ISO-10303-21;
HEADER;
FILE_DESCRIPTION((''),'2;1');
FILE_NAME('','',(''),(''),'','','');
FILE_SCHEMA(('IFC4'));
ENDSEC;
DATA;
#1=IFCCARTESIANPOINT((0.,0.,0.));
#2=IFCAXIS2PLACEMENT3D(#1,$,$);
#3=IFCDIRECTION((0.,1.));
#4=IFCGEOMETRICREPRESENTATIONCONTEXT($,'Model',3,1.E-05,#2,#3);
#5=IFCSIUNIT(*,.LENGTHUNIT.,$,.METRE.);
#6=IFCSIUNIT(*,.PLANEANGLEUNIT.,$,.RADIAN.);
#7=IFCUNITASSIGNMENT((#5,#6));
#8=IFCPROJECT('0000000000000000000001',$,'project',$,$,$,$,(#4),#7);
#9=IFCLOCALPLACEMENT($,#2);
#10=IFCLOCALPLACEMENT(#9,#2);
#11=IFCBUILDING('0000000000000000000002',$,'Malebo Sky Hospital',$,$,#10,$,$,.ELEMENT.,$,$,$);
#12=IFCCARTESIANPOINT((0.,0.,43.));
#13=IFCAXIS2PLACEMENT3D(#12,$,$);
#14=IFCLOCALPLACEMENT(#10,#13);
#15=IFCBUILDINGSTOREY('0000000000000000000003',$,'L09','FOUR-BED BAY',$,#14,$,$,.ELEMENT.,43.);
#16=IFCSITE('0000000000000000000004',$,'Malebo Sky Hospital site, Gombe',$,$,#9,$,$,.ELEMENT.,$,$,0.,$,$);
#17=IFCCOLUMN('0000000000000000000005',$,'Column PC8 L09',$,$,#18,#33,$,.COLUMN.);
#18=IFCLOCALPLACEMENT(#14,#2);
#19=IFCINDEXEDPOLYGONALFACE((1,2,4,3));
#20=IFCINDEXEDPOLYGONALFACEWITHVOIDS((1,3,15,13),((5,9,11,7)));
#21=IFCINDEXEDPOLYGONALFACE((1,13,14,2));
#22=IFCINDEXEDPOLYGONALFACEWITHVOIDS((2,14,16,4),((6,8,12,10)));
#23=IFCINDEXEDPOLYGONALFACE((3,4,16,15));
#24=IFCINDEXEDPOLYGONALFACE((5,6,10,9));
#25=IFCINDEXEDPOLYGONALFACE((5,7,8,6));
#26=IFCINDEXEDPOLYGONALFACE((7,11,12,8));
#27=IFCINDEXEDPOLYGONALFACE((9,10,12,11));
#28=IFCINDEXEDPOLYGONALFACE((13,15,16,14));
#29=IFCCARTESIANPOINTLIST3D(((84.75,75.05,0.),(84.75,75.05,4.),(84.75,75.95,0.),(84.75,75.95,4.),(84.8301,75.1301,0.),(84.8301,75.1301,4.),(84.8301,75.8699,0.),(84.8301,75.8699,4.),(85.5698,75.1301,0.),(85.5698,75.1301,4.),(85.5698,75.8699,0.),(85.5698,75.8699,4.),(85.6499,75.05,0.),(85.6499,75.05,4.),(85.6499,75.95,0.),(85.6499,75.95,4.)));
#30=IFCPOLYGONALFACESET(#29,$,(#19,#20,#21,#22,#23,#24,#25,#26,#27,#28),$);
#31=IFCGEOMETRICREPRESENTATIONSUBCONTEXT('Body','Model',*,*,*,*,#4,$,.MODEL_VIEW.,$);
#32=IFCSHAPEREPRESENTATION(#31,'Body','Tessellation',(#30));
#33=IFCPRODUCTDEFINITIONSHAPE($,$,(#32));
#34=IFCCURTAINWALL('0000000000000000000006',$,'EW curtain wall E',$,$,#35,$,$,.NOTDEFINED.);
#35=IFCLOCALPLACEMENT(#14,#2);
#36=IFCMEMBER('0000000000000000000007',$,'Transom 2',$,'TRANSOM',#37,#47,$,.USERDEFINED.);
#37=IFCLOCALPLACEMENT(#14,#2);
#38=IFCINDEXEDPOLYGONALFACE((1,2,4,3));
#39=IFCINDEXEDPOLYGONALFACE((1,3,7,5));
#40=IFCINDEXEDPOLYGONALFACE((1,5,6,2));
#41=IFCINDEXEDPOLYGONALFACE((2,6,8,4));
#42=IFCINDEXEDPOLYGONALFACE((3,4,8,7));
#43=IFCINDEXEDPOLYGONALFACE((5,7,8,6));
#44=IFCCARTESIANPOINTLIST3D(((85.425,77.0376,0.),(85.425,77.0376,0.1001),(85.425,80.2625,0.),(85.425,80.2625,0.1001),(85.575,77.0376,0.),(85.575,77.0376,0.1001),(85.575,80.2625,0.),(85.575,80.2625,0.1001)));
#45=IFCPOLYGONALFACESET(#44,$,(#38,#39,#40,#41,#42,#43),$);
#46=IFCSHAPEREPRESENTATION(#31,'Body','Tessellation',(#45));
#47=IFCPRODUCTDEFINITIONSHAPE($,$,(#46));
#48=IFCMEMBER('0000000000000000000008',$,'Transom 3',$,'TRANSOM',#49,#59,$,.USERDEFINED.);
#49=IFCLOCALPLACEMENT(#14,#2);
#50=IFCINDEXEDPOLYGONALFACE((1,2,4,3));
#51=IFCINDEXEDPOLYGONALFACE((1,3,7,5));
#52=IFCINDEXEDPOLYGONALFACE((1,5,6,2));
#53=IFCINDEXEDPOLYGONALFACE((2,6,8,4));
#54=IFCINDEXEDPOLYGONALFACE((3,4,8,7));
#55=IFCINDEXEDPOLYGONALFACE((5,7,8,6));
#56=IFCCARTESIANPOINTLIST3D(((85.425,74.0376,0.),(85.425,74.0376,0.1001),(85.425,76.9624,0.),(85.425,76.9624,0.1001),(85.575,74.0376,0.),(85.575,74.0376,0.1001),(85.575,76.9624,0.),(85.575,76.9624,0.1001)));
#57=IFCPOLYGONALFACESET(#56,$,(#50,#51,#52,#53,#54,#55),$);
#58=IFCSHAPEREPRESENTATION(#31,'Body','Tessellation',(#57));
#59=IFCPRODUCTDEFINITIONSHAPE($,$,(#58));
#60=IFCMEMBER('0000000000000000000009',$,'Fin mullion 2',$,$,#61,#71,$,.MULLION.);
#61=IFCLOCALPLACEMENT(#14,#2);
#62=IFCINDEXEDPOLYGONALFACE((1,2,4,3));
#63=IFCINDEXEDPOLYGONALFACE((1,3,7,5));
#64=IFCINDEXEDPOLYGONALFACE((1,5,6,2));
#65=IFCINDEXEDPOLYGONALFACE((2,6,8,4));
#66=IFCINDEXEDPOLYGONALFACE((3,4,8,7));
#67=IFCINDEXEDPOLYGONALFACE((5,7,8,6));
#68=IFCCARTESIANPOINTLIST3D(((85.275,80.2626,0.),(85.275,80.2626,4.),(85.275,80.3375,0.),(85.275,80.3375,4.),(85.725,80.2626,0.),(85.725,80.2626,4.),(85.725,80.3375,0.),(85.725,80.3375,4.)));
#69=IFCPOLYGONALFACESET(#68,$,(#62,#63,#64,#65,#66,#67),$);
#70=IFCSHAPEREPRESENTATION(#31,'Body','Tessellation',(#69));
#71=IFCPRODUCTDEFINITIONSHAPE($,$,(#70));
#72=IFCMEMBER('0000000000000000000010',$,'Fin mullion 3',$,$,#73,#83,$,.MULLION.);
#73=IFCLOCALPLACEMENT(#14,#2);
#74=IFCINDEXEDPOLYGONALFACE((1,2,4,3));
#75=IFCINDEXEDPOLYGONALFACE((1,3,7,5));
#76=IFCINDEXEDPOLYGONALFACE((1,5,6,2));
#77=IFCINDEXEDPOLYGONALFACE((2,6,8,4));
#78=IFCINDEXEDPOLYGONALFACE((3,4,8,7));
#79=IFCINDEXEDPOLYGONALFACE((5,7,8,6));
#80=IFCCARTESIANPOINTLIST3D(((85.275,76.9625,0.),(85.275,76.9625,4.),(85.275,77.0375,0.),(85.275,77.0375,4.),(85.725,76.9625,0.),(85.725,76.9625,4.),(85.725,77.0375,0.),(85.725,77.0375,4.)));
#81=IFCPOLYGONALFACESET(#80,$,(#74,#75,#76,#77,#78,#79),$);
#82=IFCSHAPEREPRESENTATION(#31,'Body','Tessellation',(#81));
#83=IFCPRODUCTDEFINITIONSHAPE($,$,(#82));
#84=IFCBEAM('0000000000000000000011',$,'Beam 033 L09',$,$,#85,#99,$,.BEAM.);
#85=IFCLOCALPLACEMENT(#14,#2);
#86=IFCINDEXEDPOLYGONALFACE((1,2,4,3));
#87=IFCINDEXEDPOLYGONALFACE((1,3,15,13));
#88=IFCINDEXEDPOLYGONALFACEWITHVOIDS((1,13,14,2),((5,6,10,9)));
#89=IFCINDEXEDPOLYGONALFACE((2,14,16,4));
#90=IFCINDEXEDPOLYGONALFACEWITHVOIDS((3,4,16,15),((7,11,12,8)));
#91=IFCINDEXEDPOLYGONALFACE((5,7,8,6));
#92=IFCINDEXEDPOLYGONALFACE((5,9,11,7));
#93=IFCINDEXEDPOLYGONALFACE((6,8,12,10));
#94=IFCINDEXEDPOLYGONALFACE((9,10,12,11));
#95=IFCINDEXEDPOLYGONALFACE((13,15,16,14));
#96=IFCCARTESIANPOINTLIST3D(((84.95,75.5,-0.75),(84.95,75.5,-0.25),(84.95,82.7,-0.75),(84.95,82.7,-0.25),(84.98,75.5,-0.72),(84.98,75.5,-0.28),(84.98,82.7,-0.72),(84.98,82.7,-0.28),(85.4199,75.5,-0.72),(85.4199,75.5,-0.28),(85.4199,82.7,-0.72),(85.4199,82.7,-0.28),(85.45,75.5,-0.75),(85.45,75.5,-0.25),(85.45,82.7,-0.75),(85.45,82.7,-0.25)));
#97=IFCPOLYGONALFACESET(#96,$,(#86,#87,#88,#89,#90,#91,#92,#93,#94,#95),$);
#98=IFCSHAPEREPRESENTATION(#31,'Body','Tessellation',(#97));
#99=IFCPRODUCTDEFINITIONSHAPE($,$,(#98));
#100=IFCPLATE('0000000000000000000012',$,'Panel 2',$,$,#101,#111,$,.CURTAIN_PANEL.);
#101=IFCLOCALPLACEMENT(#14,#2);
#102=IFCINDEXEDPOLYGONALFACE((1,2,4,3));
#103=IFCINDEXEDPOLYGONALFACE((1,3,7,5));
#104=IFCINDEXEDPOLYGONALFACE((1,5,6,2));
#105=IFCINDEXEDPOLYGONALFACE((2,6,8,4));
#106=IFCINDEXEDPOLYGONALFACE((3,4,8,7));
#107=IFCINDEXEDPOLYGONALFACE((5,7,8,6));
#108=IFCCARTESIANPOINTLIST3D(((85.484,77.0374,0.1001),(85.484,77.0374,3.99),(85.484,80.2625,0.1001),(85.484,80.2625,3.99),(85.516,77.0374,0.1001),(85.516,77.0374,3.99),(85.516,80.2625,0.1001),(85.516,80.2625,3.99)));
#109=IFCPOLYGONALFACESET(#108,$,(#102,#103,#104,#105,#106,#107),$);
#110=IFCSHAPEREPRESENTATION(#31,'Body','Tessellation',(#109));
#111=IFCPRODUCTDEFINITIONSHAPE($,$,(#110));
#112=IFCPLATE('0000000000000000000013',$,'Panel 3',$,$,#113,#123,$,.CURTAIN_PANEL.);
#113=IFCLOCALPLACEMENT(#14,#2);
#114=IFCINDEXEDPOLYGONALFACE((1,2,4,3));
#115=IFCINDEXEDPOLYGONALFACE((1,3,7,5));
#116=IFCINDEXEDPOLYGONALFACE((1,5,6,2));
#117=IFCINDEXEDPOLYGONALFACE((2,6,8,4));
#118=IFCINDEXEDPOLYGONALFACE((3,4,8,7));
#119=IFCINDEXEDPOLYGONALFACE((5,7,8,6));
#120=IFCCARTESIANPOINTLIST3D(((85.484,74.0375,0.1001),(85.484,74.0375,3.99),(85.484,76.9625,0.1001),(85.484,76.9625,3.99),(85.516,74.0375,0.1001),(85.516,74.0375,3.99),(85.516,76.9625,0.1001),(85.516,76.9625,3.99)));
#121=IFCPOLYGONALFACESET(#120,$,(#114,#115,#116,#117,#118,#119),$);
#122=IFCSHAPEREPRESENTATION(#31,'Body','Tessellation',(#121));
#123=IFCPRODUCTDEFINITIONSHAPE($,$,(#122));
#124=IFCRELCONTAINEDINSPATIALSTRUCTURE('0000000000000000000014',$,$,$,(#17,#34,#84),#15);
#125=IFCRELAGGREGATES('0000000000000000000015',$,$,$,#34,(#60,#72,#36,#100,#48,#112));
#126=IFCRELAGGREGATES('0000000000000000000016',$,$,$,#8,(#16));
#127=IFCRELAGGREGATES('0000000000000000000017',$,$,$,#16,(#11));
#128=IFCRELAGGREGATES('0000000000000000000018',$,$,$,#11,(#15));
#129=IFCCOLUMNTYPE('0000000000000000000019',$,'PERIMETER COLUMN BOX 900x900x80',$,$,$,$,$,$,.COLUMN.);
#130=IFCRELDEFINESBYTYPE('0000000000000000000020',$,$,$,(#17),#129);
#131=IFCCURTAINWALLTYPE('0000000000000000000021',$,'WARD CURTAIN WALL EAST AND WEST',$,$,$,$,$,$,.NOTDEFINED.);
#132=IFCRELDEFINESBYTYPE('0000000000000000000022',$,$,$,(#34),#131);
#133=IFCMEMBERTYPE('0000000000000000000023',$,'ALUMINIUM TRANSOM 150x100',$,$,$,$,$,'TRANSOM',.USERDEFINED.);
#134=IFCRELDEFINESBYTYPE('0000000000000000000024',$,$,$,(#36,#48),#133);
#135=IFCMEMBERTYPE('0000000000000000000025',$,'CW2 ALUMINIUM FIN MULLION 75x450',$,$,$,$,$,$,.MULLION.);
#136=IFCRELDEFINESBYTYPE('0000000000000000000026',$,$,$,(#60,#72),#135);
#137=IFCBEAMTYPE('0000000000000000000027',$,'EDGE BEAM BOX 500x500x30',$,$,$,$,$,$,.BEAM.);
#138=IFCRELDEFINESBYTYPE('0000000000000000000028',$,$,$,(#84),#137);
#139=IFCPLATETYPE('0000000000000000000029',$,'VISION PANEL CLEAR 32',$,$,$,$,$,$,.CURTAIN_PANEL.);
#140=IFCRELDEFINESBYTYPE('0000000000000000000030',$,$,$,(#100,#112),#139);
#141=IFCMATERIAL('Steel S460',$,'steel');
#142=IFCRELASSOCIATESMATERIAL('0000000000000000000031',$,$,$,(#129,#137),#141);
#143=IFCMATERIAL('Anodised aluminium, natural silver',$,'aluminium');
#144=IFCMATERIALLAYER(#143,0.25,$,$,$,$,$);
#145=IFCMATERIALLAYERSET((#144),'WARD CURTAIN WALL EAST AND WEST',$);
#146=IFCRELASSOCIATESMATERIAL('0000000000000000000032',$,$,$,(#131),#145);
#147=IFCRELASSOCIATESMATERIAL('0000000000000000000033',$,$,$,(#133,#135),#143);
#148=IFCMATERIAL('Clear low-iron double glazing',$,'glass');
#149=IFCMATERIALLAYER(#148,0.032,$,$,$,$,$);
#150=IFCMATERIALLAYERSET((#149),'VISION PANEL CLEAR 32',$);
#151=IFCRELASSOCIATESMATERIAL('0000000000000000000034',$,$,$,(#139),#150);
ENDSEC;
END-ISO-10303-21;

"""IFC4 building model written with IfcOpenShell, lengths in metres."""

from ifc_helpers import new_model, si_unit, direction, frame, origin, origin_2d, place, context, subcontext, project, spatial, rectangle, hollow_rectangle, extrude, material, layer, layer_set, material_profile, profile_set, type_object, element, aggregate, save


model = new_model("IFC4")

# Units and contexts
model_context = context("Model", 3, precision=1e-05, world=origin(), true_north=direction((0.0, 1.0)))
body_context = subcontext(model_context, "Body", "Model", "MODEL_VIEW")
ifc_project = project(units=[si_unit("LENGTHUNIT", "METRE"), si_unit("PLANEANGLEUNIT", "RADIAN")], contexts=[model_context])

# Site, building, storey
site_placement = place(None, origin())
site = spatial("IfcSite", under=ifc_project, at=site_placement, Name="Malebo Sky Hospital site, Gombe", CompositionType="ELEMENT", RefElevation=0.0)
building_placement = place(site_placement, origin())
building = spatial("IfcBuilding", under=site, at=building_placement, Name="Malebo Sky Hospital", CompositionType="ELEMENT")
storey_placement = place(building_placement, frame((0.0, 0.0, 43.0)))
storey = spatial("IfcBuildingStorey", under=building, at=storey_placement, Name="L09", Description="FOUR-BED BAY", CompositionType="ELEMENT", Elevation=43.0)

# Column
ifc_material_1 = material(Name="Steel S460", Category="steel")
ifc_material_profile_1 = material_profile(ifc_material_1, hollow_rectangle(XDim=0.8999, YDim=0.8999, WallThickness=0.0801, at=origin_2d()), Name="BOX 900x900x80")
ifc_profile_set_1 = profile_set([ifc_material_profile_1], Name="Steel S460")
column_type = type_object("IfcColumnType", Name="PERIMETER COLUMN BOX 900x900x80", PredefinedType="COLUMN", material=ifc_profile_set_1)
column_placement = place(storey_placement, frame((85.2, 75.5, 0.0), z_axis=(0.0, 0.0, 1.0), x_axis=(1.0, 0.0, 0.0)))
element("IfcColumn", 1, at=column_placement, inside=storey, type_object=column_type, Name="Column PC8 L09", PredefinedType="COLUMN", context=body_context, shape_type="SweptSolid", body=[
    extrude(hollow_rectangle(XDim=0.8999, YDim=0.8999, WallThickness=0.0801, at=origin_2d()), origin(), (0.0, 0.0, 1.0), 4.0),
])

# Curtain wall, members
ifc_material_2 = material(Name="Anodised aluminium, natural silver", Category="aluminium")
ifc_layer_1 = layer(ifc_material_2, 0.25)
ifc_layer_set_1 = layer_set([ifc_layer_1], Name="WARD CURTAIN WALL EAST AND WEST")
curtain_wall_type = type_object("IfcCurtainWallType", Name="WARD CURTAIN WALL EAST AND WEST", PredefinedType="NOTDEFINED", material=ifc_layer_set_1)
curtain_wall_placement = place(storey_placement, origin())
curtain_wall = element("IfcCurtainWall", 2, at=curtain_wall_placement, inside=storey, type_object=curtain_wall_type, Name="EW curtain wall E", PredefinedType="NOTDEFINED")
ifc_material_profile_2 = material_profile(ifc_material_2, rectangle(XDim=0.1499, YDim=0.1001, at=origin_2d()), Name="ALUMINIUM TRANSOM 150x100")
ifc_profile_set_2 = profile_set([ifc_material_profile_2], Name="Anodised aluminium, natural silver")
member_type_1 = type_object("IfcMemberType", Name="ALUMINIUM TRANSOM 150x100", ElementType="TRANSOM", PredefinedType="USERDEFINED", material=ifc_profile_set_2)
member_1_placement = place(storey_placement, frame((85.5, 80.2625, 0.05), z_axis=(0.0, -1.0, 0.0), x_axis=(1.0, 0.0, 0.0)))
member_1 = element("IfcMember", 3, at=member_1_placement, type_object=member_type_1, Name="Transom 2", ObjectType="TRANSOM", PredefinedType="USERDEFINED", context=body_context, shape_type="SweptSolid", body=[
    extrude(rectangle(XDim=0.1499, YDim=0.1001, at=origin_2d()), origin(), (0.0, 0.0, 1.0), 3.2249),
])
member_2_placement = place(storey_placement, frame((85.5, 76.9624, 0.05), z_axis=(0.0, -1.0, 0.0), x_axis=(1.0, 0.0, 0.0)))
member_2 = element("IfcMember", 4, at=member_2_placement, type_object=member_type_1, Name="Transom 3", ObjectType="TRANSOM", PredefinedType="USERDEFINED", context=body_context, shape_type="SweptSolid", body=[
    extrude(rectangle(XDim=0.1499, YDim=0.1001, at=origin_2d()), origin(), (0.0, 0.0, 1.0), 2.9248),
])
ifc_material_profile_3 = material_profile(ifc_material_2, rectangle(XDim=0.075, YDim=0.45, at=origin_2d()), Name="CW2 ALUMINIUM FIN MULLION 75x450")
ifc_profile_set_3 = profile_set([ifc_material_profile_3], Name="Anodised aluminium, natural silver")
member_type_2 = type_object("IfcMemberType", Name="CW2 ALUMINIUM FIN MULLION 75x450", PredefinedType="MULLION", material=ifc_profile_set_3)
member_3_placement = place(storey_placement, frame((85.5, 80.3, 0.0), z_axis=(0.0, 0.0, 1.0), x_axis=(0.0, -1.0, 0.0)))
member_3 = element("IfcMember", 5, at=member_3_placement, type_object=member_type_2, Name="Fin mullion 2", PredefinedType="MULLION", context=body_context, shape_type="SweptSolid", body=[
    extrude(rectangle(XDim=0.075, YDim=0.45, at=origin_2d()), origin(), (0.0, 0.0, 1.0), 4.0),
])
member_4_placement = place(storey_placement, frame((85.5, 77.0, 0.0), z_axis=(0.0, 0.0, 1.0), x_axis=(0.0, -1.0, 0.0)))
member_4 = element("IfcMember", 6, at=member_4_placement, type_object=member_type_2, Name="Fin mullion 3", PredefinedType="MULLION", context=body_context, shape_type="SweptSolid", body=[
    extrude(rectangle(XDim=0.075, YDim=0.45, at=origin_2d()), origin(), (0.0, 0.0, 1.0), 4.0),
])

# Beam
ifc_material_profile_4 = material_profile(ifc_material_1, hollow_rectangle(XDim=0.5, YDim=0.5, WallThickness=0.03, at=origin_2d()), Name="BOX 500x500x30")
ifc_profile_set_4 = profile_set([ifc_material_profile_4], Name="Steel S460")
beam_type = type_object("IfcBeamType", Name="EDGE BEAM BOX 500x500x30", PredefinedType="BEAM", material=ifc_profile_set_4)
beam_placement = place(storey_placement, frame((85.2, 75.5, -0.5), z_axis=(0.0, 1.0, 0.0), x_axis=(-1.0, 0.0, 0.0)))
element("IfcBeam", 7, at=beam_placement, inside=storey, type_object=beam_type, Name="Beam 033 L09", PredefinedType="BEAM", context=body_context, shape_type="SweptSolid", body=[
    extrude(hollow_rectangle(XDim=0.5, YDim=0.5, WallThickness=0.03, at=origin_2d()), origin(), (0.0, 0.0, 1.0), 7.2),
])

# Plates
ifc_material_3 = material(Name="Clear low-iron double glazing", Category="glass")
ifc_layer_2 = layer(ifc_material_3, 0.032)
ifc_layer_set_2 = layer_set([ifc_layer_2], Name="VISION PANEL CLEAR 32")
plate_type = type_object("IfcPlateType", Name="VISION PANEL CLEAR 32", PredefinedType="CURTAIN_PANEL", material=ifc_layer_set_2)
plate_1_placement = place(storey_placement, frame((85.5, 78.6499, 0.1001), z_axis=(0.0, 0.0, 1.0), x_axis=(0.0, -1.0, 0.0)))
plate_1 = element("IfcPlate", 8, at=plate_1_placement, type_object=plate_type, Name="Panel 2", PredefinedType="CURTAIN_PANEL", context=body_context, shape_type="SweptSolid", body=[
    extrude(rectangle(XDim=3.2251, YDim=0.032, at=origin_2d()), origin(), (0.0, 0.0, 1.0), 3.8899),
])
plate_2_placement = place(storey_placement, frame((85.5, 75.5, 0.1001), z_axis=(0.0, 0.0, 1.0), x_axis=(0.0, -1.0, 0.0)))
plate_2 = element("IfcPlate", 9, at=plate_2_placement, type_object=plate_type, Name="Panel 3", PredefinedType="CURTAIN_PANEL", context=body_context, shape_type="SweptSolid", body=[
    extrude(rectangle(XDim=2.925, YDim=0.032, at=origin_2d()), origin(), (0.0, 0.0, 1.0), 3.8899),
])
aggregate(curtain_wall, [member_3, member_4, member_1, plate_1, member_2, plate_2])

save(model, "model.ifc")
